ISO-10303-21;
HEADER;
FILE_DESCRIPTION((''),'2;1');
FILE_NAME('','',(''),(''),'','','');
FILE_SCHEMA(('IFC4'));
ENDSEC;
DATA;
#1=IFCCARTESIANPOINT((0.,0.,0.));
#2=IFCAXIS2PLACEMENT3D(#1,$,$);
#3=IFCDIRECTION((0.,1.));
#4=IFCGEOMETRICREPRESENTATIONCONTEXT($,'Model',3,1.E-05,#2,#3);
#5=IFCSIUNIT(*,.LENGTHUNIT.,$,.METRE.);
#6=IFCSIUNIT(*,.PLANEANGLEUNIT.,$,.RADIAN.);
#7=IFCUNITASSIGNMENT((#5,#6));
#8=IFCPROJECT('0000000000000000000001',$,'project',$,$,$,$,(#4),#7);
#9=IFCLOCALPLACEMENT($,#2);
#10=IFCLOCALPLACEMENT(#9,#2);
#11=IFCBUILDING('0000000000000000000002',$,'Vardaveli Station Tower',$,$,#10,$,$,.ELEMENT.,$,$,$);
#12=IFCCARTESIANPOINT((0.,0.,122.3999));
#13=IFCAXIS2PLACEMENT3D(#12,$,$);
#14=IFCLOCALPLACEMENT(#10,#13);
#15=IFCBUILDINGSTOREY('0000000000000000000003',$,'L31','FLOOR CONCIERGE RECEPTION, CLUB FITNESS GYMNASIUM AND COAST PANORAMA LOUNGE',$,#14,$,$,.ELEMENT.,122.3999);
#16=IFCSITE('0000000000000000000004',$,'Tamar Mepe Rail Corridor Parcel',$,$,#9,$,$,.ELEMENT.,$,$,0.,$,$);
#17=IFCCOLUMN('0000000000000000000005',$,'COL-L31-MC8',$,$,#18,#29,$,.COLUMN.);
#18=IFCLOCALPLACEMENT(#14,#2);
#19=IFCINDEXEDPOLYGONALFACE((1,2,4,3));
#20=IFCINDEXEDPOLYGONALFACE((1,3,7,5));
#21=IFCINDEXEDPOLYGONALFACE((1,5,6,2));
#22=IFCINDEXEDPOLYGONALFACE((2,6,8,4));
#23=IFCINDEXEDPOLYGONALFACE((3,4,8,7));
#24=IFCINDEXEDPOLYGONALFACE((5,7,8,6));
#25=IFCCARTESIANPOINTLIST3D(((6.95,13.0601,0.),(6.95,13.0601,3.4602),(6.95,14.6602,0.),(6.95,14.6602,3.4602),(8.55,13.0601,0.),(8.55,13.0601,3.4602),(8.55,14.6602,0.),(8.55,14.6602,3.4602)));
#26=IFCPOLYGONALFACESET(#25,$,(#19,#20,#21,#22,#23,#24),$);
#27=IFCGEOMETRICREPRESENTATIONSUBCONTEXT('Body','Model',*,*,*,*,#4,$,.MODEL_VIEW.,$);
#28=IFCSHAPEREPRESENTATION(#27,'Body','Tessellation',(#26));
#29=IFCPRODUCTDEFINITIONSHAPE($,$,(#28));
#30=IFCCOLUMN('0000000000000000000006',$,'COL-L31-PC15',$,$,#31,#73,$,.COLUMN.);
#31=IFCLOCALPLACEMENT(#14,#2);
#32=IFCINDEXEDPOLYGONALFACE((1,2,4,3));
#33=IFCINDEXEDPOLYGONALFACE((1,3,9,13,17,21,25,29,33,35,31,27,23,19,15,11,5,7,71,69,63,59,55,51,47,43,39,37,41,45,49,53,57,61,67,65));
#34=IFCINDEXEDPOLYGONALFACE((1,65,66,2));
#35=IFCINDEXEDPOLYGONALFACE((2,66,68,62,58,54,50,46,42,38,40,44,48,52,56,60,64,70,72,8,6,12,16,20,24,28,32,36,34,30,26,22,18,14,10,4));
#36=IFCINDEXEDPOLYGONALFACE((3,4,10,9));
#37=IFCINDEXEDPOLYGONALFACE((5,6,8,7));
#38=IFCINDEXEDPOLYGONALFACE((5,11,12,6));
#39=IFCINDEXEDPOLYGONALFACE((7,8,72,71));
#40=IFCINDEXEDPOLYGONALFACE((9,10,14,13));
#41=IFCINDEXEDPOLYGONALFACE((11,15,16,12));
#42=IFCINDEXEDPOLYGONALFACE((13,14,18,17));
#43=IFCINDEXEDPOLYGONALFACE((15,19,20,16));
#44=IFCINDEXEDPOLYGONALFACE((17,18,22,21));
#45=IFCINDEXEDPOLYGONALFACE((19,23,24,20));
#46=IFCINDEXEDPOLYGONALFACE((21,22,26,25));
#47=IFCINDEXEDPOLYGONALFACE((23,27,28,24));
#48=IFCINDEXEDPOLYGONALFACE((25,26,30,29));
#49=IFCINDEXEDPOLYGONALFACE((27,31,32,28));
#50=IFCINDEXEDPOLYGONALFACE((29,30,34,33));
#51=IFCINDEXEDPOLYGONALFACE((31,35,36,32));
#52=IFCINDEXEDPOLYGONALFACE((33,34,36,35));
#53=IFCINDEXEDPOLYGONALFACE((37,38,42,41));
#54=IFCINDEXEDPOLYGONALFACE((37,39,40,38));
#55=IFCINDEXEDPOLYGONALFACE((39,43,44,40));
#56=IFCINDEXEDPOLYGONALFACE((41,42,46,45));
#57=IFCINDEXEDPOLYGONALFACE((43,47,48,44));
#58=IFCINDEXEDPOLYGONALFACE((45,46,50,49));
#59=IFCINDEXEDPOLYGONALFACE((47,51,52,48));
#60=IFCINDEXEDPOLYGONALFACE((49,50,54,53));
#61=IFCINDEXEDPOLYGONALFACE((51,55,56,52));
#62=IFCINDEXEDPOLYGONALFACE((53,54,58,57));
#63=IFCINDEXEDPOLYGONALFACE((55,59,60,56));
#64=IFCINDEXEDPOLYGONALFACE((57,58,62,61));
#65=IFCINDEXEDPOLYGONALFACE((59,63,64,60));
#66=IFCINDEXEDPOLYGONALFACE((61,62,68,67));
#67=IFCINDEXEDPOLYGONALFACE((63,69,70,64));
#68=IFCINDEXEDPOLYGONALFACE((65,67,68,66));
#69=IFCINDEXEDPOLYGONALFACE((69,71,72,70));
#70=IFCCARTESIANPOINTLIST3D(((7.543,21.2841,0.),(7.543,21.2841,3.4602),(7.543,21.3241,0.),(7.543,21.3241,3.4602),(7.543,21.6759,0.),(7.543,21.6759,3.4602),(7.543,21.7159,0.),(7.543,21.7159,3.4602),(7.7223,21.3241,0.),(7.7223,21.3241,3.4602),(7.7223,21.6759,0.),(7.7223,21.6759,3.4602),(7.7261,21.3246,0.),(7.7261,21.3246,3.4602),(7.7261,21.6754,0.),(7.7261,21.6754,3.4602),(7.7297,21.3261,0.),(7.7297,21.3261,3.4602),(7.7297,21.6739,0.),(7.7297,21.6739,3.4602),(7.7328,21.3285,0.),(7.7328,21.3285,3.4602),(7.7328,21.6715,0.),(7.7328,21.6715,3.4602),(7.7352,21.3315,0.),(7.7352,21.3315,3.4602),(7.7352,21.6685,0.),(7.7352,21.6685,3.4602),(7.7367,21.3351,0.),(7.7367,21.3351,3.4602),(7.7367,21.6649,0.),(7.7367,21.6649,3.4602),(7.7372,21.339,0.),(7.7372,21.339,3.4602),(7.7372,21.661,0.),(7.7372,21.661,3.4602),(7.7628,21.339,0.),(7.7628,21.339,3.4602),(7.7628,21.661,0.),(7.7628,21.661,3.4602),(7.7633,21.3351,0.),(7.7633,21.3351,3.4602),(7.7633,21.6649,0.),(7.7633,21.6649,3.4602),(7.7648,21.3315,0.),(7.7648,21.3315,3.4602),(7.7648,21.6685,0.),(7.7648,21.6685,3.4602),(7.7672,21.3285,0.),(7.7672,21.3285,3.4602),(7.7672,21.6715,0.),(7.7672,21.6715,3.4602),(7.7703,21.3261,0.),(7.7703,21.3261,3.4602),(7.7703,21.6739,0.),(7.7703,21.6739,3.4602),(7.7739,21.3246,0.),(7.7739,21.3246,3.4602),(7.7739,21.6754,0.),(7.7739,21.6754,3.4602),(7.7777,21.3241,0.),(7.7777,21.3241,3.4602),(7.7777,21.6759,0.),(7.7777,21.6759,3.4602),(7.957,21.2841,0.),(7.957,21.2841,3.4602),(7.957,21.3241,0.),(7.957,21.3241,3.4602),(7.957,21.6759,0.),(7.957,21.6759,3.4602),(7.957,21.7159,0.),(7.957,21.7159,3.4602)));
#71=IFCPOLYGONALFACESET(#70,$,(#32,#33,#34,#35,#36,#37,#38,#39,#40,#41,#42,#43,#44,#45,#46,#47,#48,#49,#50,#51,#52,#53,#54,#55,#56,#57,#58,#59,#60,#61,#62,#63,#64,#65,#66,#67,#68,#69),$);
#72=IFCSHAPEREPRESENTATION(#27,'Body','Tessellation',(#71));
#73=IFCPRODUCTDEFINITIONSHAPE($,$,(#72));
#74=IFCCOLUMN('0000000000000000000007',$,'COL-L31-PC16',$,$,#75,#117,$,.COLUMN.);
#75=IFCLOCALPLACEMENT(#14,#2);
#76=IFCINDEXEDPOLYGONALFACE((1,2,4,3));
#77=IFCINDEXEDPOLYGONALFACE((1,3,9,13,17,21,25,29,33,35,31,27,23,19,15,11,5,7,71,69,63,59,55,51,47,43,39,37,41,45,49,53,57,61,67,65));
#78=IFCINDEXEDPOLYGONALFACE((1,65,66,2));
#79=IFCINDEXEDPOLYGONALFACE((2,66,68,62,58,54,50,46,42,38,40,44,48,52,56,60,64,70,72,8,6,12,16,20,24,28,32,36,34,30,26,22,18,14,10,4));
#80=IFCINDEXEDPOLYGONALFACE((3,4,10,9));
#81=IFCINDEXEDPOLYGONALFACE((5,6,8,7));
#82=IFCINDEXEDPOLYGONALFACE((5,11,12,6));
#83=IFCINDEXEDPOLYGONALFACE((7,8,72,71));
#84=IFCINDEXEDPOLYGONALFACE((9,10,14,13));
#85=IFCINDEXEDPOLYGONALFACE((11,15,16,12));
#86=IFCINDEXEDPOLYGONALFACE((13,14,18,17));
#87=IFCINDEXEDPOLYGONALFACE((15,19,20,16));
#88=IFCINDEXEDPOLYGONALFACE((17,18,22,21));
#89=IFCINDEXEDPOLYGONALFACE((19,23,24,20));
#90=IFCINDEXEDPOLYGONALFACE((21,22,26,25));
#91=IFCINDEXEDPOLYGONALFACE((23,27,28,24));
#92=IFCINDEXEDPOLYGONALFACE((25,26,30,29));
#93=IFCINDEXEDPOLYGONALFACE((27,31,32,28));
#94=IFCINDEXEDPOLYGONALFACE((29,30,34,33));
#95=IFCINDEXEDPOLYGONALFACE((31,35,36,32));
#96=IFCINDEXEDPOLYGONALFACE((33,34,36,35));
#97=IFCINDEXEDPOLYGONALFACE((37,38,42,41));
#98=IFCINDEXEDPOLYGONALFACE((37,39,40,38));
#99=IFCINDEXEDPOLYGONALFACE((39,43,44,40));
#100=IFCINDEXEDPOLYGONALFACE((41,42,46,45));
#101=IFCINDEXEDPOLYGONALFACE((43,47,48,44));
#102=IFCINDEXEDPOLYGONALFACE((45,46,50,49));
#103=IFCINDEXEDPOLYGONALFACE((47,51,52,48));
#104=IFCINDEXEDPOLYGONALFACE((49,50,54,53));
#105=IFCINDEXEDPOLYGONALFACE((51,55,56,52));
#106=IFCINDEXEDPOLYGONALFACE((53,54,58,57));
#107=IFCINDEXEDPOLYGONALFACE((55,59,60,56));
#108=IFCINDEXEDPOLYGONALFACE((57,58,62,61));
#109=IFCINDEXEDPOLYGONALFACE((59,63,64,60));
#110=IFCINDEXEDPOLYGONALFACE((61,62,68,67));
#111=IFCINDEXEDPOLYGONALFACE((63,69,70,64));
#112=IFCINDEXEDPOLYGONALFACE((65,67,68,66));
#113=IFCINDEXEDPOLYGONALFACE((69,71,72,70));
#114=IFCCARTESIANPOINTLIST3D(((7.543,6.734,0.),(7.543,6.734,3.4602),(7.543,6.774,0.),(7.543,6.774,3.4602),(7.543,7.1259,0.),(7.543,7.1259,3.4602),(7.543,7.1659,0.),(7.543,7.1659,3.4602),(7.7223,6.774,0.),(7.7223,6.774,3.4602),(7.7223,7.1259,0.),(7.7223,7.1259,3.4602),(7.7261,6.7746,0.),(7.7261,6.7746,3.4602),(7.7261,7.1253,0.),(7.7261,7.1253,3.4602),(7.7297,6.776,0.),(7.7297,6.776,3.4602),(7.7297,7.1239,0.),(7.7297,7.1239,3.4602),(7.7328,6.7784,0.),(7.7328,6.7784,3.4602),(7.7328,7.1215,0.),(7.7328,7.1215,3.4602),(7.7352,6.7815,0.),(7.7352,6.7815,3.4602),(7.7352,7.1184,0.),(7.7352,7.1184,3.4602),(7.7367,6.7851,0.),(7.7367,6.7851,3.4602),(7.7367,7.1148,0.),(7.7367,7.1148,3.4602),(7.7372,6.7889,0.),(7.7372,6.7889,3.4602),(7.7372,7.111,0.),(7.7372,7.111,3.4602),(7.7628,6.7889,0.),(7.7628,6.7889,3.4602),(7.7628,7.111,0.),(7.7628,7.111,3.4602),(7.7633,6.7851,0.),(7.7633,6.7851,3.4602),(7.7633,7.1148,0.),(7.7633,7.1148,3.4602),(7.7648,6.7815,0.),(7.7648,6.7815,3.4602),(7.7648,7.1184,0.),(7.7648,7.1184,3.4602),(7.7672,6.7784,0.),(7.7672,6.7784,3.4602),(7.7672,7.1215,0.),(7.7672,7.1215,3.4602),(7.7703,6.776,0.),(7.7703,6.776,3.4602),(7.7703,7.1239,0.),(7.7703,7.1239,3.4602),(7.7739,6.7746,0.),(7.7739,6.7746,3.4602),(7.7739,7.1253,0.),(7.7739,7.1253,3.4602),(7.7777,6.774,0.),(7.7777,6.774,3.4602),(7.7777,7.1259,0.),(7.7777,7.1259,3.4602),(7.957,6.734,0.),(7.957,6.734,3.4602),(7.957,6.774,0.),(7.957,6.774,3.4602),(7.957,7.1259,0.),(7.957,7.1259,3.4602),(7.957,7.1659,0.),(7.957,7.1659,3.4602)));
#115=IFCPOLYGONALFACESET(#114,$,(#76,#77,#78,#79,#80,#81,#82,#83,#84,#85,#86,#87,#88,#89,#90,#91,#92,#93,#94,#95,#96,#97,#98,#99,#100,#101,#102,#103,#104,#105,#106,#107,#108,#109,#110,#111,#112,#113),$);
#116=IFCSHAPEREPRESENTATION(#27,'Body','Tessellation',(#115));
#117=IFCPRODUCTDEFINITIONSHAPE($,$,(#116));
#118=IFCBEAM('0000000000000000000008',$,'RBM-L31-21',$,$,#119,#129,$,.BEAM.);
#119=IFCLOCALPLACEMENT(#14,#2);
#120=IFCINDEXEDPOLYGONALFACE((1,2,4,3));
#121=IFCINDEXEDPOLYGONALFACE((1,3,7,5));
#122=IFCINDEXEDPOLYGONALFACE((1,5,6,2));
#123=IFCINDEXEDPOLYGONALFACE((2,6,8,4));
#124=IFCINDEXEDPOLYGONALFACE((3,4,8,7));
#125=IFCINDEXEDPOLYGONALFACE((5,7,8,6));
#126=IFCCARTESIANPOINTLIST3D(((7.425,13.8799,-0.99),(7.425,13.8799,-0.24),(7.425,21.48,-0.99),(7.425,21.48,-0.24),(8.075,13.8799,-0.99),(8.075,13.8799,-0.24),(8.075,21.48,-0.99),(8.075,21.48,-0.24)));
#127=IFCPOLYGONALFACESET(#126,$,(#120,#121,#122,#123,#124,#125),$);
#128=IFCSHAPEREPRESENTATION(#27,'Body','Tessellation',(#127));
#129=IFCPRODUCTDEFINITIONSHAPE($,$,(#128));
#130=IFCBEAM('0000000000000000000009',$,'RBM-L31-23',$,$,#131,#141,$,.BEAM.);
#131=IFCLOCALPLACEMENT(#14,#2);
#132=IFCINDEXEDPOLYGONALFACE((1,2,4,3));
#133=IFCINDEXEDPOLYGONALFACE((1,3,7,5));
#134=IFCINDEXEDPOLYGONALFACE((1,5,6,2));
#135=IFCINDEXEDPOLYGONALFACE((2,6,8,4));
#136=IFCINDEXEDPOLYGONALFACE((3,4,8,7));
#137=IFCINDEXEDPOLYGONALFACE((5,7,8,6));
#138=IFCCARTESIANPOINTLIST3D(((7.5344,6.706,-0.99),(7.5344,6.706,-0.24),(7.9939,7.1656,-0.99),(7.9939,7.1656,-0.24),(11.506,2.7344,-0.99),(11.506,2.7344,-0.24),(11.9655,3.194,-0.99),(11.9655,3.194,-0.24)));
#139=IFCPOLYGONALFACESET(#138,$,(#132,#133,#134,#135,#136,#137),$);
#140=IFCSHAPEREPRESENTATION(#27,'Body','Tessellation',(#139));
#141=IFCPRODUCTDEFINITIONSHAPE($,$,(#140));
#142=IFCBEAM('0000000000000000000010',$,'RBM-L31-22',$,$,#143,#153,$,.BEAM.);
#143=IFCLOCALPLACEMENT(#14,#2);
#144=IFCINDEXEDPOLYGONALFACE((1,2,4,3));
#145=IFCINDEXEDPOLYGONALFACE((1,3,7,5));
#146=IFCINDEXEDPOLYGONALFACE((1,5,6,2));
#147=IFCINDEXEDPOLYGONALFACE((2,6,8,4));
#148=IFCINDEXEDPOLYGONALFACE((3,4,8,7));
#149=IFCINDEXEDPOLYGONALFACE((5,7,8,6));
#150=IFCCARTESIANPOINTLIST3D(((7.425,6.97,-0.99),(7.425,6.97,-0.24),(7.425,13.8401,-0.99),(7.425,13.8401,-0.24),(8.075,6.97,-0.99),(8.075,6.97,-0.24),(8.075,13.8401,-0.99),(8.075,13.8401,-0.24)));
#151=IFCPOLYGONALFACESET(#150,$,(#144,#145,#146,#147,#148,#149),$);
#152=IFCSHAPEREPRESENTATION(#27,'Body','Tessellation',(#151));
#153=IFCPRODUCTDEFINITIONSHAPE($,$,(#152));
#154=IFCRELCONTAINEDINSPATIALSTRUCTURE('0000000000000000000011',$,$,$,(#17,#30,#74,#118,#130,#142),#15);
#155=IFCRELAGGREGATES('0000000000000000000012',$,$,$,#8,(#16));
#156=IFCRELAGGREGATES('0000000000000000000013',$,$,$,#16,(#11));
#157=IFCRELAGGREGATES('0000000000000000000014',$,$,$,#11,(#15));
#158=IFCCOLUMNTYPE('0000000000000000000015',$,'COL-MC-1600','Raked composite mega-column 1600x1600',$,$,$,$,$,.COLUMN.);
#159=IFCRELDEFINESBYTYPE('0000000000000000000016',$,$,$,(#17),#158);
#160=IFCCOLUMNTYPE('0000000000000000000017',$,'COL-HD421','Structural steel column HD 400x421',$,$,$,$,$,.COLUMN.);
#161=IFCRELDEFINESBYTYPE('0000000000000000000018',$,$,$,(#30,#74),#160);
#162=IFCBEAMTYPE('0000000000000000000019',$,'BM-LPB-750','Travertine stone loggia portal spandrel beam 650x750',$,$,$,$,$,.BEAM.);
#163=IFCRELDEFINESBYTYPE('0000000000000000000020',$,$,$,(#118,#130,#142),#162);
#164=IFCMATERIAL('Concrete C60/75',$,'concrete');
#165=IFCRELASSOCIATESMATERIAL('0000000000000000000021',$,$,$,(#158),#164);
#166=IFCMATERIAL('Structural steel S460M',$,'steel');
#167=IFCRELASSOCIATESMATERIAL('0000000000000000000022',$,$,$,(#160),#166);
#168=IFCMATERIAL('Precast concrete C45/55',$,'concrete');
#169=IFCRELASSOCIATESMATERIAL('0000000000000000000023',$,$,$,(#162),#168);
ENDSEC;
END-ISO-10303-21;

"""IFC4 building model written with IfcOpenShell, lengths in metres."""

from ifc_helpers import new_model, si_unit, direction, frame, origin, origin_2d, place, context, subcontext, project, spatial, rectangle, i_section, extrude, source, transform, mapped, material, material_profile, profile_set, type_object, element, save


model = new_model("IFC4")

# Units and contexts
model_context = context("Model", 3, precision=1e-05, world=origin(), true_north=direction((0.0, 1.0)))
body_context = subcontext(model_context, "Body", "Model", "MODEL_VIEW")
ifc_project = project(units=[si_unit("LENGTHUNIT", "METRE"), si_unit("PLANEANGLEUNIT", "RADIAN")], contexts=[model_context])

# Site, building, storey
site_placement = place(None, origin())
site = spatial("IfcSite", under=ifc_project, at=site_placement, Name="Tamar Mepe Rail Corridor Parcel", CompositionType="ELEMENT", RefElevation=0.0)
building_placement = place(site_placement, origin())
building = spatial("IfcBuilding", under=site, at=building_placement, Name="Vardaveli Station Tower", CompositionType="ELEMENT")
storey_placement = place(building_placement, frame((0.0, 0.0, 122.3999)))
storey = spatial("IfcBuildingStorey", under=building, at=storey_placement, Name="L31", Description="FLOOR CONCIERGE RECEPTION, CLUB FITNESS GYMNASIUM AND COAST PANORAMA LOUNGE", CompositionType="ELEMENT", Elevation=122.3999)

# Columns
ifc_material_1 = material(Name="Concrete C60/75", Category="concrete")
ifc_material_profile_1 = material_profile(ifc_material_1, rectangle(XDim=1.6001, YDim=1.6001, at=origin_2d()), Name="MC 1600x1600")
ifc_profile_set_1 = profile_set([ifc_material_profile_1], Name="Concrete C60/75")
column_type_1 = type_object("IfcColumnType", Name="COL-MC-1600", Description="Raked composite mega-column 1600x1600", PredefinedType="COLUMN", material=ifc_profile_set_1)
shared_shape_1 = source(origin(), body_context, "Body", "SweptSolid", [
    extrude(rectangle(XDim=1.6001, YDim=1.6001, at=origin_2d()), origin(), (0.0, 0.0, 1.0), 3.4602),
])
column_placement = place(storey_placement, frame((7.75, 13.8601, 0.0), z_axis=(0.0, 0.0, 1.0), x_axis=(1.0, 0.0, 0.0)))
element("IfcColumn", 1, at=column_placement, inside=storey, type_object=column_type_1, Name="COL-L31-MC8", PredefinedType="COLUMN", context=body_context, shape_type="MappedRepresentation", body=[
    mapped(shared_shape_1, transform((0.0, 0.0, 0.0), scale=1.0)),
])
ifc_material_2 = material(Name="Structural steel S460M", Category="steel")
ifc_material_profile_2 = material_profile(ifc_material_2, i_section(OverallWidth=0.4141, OverallDepth=0.4319, WebThickness=0.0256, FlangeThickness=0.04, FilletRadius=0.0149, at=origin_2d()), Name="HD 400x421")
ifc_profile_set_2 = profile_set([ifc_material_profile_2], Name="Structural steel S460M")
column_type_2 = type_object("IfcColumnType", Name="COL-HD421", Description="Structural steel column HD 400x421", PredefinedType="COLUMN", material=ifc_profile_set_2)
shared_shape_2 = source(origin(), body_context, "Body", "SweptSolid", [
    extrude(i_section(OverallWidth=0.4141, OverallDepth=0.4319, WebThickness=0.0256, FlangeThickness=0.04, FilletRadius=0.0149, at=origin_2d()), origin(), (0.0, 0.0, 1.0), 3.4602),
])
for number, where, z_axis, x_axis, name in (
    (2, (7.75, 21.5, 0.0), (0.0, 0.0, 1.0), (1.0, 0.0, 0.0), "COL-L31-PC15"),
    (3, (7.75, 6.95, 0.0), (0.0, 0.0, 1.0), (1.0, 0.0, 0.0), "COL-L31-PC16"),
):
    element("IfcColumn", number, at=place(storey_placement, frame(where, z_axis=z_axis, x_axis=x_axis)), inside=storey, type_object=column_type_2, Name=name, PredefinedType="COLUMN", context=body_context, shape_type="MappedRepresentation", body=[
        mapped(shared_shape_2, transform((0.0, 0.0, 0.0), scale=1.0)),
    ])

# Beams
ifc_material_3 = material(Name="Precast concrete C45/55", Category="concrete")
ifc_material_profile_3 = material_profile(ifc_material_3, rectangle(XDim=0.6499, YDim=0.75, at=origin_2d()), Name="LPB 650x750")
ifc_profile_set_3 = profile_set([ifc_material_profile_3], Name="Precast concrete C45/55")
beam_type_1 = type_object("IfcBeamType", Name="BM-LPB-750", Description="Travertine stone loggia portal spandrel beam 650x750", PredefinedType="BEAM", material=ifc_profile_set_3)
shared_shape_3 = source(origin(), body_context, "Body", "SweptSolid", [
    extrude(rectangle(XDim=0.6499, YDim=0.75, at=origin_2d()), origin(), (0.0, 0.0, 1.0), 7.6001),
])
beam_1_placement = place(storey_placement, frame((7.75, 21.48, -0.615), z_axis=(0.0, -1.0, 0.0), x_axis=(1.0, 0.0, 0.0)))
element("IfcBeam", 4, at=beam_1_placement, inside=storey, type_object=beam_type_1, Name="RBM-L31-21", PredefinedType="BEAM", context=body_context, shape_type="MappedRepresentation", body=[
    mapped(shared_shape_3, transform((0.0, 0.0, 0.0), scale=1.0)),
])
shared_shape_4 = source(origin(), body_context, "Body", "SweptSolid", [
    extrude(rectangle(XDim=0.6499, YDim=0.75, at=origin_2d()), origin(), (0.0, 0.0, 1.0), 5.6167),
])
beam_2_placement = place(storey_placement, frame((7.7642, 6.9358, -0.615), z_axis=(0.707107, -0.707107, 0.0), x_axis=(0.707107, 0.707107, 0.0)))
element("IfcBeam", 5, at=beam_2_placement, inside=storey, type_object=beam_type_1, Name="RBM-L31-23", PredefinedType="BEAM", context=body_context, shape_type="MappedRepresentation", body=[
    mapped(shared_shape_4, transform((0.0, 0.0, 0.0), scale=1.0)),
])
shared_shape_5 = source(origin(), body_context, "Body", "SweptSolid", [
    extrude(rectangle(XDim=0.6499, YDim=0.75, at=origin_2d()), origin(), (0.0, 0.0, 1.0), 6.8701),
])
beam_3_placement = place(storey_placement, frame((7.75, 13.8401, -0.615), z_axis=(0.0, -1.0, 0.0), x_axis=(1.0, 0.0, 0.0)))
element("IfcBeam", 6, at=beam_3_placement, inside=storey, type_object=beam_type_1, Name="RBM-L31-22", PredefinedType="BEAM", context=body_context, shape_type="MappedRepresentation", body=[
    mapped(shared_shape_5, transform((0.0, 0.0, 0.0), scale=1.0)),
])

save(model, "model.ifc")
